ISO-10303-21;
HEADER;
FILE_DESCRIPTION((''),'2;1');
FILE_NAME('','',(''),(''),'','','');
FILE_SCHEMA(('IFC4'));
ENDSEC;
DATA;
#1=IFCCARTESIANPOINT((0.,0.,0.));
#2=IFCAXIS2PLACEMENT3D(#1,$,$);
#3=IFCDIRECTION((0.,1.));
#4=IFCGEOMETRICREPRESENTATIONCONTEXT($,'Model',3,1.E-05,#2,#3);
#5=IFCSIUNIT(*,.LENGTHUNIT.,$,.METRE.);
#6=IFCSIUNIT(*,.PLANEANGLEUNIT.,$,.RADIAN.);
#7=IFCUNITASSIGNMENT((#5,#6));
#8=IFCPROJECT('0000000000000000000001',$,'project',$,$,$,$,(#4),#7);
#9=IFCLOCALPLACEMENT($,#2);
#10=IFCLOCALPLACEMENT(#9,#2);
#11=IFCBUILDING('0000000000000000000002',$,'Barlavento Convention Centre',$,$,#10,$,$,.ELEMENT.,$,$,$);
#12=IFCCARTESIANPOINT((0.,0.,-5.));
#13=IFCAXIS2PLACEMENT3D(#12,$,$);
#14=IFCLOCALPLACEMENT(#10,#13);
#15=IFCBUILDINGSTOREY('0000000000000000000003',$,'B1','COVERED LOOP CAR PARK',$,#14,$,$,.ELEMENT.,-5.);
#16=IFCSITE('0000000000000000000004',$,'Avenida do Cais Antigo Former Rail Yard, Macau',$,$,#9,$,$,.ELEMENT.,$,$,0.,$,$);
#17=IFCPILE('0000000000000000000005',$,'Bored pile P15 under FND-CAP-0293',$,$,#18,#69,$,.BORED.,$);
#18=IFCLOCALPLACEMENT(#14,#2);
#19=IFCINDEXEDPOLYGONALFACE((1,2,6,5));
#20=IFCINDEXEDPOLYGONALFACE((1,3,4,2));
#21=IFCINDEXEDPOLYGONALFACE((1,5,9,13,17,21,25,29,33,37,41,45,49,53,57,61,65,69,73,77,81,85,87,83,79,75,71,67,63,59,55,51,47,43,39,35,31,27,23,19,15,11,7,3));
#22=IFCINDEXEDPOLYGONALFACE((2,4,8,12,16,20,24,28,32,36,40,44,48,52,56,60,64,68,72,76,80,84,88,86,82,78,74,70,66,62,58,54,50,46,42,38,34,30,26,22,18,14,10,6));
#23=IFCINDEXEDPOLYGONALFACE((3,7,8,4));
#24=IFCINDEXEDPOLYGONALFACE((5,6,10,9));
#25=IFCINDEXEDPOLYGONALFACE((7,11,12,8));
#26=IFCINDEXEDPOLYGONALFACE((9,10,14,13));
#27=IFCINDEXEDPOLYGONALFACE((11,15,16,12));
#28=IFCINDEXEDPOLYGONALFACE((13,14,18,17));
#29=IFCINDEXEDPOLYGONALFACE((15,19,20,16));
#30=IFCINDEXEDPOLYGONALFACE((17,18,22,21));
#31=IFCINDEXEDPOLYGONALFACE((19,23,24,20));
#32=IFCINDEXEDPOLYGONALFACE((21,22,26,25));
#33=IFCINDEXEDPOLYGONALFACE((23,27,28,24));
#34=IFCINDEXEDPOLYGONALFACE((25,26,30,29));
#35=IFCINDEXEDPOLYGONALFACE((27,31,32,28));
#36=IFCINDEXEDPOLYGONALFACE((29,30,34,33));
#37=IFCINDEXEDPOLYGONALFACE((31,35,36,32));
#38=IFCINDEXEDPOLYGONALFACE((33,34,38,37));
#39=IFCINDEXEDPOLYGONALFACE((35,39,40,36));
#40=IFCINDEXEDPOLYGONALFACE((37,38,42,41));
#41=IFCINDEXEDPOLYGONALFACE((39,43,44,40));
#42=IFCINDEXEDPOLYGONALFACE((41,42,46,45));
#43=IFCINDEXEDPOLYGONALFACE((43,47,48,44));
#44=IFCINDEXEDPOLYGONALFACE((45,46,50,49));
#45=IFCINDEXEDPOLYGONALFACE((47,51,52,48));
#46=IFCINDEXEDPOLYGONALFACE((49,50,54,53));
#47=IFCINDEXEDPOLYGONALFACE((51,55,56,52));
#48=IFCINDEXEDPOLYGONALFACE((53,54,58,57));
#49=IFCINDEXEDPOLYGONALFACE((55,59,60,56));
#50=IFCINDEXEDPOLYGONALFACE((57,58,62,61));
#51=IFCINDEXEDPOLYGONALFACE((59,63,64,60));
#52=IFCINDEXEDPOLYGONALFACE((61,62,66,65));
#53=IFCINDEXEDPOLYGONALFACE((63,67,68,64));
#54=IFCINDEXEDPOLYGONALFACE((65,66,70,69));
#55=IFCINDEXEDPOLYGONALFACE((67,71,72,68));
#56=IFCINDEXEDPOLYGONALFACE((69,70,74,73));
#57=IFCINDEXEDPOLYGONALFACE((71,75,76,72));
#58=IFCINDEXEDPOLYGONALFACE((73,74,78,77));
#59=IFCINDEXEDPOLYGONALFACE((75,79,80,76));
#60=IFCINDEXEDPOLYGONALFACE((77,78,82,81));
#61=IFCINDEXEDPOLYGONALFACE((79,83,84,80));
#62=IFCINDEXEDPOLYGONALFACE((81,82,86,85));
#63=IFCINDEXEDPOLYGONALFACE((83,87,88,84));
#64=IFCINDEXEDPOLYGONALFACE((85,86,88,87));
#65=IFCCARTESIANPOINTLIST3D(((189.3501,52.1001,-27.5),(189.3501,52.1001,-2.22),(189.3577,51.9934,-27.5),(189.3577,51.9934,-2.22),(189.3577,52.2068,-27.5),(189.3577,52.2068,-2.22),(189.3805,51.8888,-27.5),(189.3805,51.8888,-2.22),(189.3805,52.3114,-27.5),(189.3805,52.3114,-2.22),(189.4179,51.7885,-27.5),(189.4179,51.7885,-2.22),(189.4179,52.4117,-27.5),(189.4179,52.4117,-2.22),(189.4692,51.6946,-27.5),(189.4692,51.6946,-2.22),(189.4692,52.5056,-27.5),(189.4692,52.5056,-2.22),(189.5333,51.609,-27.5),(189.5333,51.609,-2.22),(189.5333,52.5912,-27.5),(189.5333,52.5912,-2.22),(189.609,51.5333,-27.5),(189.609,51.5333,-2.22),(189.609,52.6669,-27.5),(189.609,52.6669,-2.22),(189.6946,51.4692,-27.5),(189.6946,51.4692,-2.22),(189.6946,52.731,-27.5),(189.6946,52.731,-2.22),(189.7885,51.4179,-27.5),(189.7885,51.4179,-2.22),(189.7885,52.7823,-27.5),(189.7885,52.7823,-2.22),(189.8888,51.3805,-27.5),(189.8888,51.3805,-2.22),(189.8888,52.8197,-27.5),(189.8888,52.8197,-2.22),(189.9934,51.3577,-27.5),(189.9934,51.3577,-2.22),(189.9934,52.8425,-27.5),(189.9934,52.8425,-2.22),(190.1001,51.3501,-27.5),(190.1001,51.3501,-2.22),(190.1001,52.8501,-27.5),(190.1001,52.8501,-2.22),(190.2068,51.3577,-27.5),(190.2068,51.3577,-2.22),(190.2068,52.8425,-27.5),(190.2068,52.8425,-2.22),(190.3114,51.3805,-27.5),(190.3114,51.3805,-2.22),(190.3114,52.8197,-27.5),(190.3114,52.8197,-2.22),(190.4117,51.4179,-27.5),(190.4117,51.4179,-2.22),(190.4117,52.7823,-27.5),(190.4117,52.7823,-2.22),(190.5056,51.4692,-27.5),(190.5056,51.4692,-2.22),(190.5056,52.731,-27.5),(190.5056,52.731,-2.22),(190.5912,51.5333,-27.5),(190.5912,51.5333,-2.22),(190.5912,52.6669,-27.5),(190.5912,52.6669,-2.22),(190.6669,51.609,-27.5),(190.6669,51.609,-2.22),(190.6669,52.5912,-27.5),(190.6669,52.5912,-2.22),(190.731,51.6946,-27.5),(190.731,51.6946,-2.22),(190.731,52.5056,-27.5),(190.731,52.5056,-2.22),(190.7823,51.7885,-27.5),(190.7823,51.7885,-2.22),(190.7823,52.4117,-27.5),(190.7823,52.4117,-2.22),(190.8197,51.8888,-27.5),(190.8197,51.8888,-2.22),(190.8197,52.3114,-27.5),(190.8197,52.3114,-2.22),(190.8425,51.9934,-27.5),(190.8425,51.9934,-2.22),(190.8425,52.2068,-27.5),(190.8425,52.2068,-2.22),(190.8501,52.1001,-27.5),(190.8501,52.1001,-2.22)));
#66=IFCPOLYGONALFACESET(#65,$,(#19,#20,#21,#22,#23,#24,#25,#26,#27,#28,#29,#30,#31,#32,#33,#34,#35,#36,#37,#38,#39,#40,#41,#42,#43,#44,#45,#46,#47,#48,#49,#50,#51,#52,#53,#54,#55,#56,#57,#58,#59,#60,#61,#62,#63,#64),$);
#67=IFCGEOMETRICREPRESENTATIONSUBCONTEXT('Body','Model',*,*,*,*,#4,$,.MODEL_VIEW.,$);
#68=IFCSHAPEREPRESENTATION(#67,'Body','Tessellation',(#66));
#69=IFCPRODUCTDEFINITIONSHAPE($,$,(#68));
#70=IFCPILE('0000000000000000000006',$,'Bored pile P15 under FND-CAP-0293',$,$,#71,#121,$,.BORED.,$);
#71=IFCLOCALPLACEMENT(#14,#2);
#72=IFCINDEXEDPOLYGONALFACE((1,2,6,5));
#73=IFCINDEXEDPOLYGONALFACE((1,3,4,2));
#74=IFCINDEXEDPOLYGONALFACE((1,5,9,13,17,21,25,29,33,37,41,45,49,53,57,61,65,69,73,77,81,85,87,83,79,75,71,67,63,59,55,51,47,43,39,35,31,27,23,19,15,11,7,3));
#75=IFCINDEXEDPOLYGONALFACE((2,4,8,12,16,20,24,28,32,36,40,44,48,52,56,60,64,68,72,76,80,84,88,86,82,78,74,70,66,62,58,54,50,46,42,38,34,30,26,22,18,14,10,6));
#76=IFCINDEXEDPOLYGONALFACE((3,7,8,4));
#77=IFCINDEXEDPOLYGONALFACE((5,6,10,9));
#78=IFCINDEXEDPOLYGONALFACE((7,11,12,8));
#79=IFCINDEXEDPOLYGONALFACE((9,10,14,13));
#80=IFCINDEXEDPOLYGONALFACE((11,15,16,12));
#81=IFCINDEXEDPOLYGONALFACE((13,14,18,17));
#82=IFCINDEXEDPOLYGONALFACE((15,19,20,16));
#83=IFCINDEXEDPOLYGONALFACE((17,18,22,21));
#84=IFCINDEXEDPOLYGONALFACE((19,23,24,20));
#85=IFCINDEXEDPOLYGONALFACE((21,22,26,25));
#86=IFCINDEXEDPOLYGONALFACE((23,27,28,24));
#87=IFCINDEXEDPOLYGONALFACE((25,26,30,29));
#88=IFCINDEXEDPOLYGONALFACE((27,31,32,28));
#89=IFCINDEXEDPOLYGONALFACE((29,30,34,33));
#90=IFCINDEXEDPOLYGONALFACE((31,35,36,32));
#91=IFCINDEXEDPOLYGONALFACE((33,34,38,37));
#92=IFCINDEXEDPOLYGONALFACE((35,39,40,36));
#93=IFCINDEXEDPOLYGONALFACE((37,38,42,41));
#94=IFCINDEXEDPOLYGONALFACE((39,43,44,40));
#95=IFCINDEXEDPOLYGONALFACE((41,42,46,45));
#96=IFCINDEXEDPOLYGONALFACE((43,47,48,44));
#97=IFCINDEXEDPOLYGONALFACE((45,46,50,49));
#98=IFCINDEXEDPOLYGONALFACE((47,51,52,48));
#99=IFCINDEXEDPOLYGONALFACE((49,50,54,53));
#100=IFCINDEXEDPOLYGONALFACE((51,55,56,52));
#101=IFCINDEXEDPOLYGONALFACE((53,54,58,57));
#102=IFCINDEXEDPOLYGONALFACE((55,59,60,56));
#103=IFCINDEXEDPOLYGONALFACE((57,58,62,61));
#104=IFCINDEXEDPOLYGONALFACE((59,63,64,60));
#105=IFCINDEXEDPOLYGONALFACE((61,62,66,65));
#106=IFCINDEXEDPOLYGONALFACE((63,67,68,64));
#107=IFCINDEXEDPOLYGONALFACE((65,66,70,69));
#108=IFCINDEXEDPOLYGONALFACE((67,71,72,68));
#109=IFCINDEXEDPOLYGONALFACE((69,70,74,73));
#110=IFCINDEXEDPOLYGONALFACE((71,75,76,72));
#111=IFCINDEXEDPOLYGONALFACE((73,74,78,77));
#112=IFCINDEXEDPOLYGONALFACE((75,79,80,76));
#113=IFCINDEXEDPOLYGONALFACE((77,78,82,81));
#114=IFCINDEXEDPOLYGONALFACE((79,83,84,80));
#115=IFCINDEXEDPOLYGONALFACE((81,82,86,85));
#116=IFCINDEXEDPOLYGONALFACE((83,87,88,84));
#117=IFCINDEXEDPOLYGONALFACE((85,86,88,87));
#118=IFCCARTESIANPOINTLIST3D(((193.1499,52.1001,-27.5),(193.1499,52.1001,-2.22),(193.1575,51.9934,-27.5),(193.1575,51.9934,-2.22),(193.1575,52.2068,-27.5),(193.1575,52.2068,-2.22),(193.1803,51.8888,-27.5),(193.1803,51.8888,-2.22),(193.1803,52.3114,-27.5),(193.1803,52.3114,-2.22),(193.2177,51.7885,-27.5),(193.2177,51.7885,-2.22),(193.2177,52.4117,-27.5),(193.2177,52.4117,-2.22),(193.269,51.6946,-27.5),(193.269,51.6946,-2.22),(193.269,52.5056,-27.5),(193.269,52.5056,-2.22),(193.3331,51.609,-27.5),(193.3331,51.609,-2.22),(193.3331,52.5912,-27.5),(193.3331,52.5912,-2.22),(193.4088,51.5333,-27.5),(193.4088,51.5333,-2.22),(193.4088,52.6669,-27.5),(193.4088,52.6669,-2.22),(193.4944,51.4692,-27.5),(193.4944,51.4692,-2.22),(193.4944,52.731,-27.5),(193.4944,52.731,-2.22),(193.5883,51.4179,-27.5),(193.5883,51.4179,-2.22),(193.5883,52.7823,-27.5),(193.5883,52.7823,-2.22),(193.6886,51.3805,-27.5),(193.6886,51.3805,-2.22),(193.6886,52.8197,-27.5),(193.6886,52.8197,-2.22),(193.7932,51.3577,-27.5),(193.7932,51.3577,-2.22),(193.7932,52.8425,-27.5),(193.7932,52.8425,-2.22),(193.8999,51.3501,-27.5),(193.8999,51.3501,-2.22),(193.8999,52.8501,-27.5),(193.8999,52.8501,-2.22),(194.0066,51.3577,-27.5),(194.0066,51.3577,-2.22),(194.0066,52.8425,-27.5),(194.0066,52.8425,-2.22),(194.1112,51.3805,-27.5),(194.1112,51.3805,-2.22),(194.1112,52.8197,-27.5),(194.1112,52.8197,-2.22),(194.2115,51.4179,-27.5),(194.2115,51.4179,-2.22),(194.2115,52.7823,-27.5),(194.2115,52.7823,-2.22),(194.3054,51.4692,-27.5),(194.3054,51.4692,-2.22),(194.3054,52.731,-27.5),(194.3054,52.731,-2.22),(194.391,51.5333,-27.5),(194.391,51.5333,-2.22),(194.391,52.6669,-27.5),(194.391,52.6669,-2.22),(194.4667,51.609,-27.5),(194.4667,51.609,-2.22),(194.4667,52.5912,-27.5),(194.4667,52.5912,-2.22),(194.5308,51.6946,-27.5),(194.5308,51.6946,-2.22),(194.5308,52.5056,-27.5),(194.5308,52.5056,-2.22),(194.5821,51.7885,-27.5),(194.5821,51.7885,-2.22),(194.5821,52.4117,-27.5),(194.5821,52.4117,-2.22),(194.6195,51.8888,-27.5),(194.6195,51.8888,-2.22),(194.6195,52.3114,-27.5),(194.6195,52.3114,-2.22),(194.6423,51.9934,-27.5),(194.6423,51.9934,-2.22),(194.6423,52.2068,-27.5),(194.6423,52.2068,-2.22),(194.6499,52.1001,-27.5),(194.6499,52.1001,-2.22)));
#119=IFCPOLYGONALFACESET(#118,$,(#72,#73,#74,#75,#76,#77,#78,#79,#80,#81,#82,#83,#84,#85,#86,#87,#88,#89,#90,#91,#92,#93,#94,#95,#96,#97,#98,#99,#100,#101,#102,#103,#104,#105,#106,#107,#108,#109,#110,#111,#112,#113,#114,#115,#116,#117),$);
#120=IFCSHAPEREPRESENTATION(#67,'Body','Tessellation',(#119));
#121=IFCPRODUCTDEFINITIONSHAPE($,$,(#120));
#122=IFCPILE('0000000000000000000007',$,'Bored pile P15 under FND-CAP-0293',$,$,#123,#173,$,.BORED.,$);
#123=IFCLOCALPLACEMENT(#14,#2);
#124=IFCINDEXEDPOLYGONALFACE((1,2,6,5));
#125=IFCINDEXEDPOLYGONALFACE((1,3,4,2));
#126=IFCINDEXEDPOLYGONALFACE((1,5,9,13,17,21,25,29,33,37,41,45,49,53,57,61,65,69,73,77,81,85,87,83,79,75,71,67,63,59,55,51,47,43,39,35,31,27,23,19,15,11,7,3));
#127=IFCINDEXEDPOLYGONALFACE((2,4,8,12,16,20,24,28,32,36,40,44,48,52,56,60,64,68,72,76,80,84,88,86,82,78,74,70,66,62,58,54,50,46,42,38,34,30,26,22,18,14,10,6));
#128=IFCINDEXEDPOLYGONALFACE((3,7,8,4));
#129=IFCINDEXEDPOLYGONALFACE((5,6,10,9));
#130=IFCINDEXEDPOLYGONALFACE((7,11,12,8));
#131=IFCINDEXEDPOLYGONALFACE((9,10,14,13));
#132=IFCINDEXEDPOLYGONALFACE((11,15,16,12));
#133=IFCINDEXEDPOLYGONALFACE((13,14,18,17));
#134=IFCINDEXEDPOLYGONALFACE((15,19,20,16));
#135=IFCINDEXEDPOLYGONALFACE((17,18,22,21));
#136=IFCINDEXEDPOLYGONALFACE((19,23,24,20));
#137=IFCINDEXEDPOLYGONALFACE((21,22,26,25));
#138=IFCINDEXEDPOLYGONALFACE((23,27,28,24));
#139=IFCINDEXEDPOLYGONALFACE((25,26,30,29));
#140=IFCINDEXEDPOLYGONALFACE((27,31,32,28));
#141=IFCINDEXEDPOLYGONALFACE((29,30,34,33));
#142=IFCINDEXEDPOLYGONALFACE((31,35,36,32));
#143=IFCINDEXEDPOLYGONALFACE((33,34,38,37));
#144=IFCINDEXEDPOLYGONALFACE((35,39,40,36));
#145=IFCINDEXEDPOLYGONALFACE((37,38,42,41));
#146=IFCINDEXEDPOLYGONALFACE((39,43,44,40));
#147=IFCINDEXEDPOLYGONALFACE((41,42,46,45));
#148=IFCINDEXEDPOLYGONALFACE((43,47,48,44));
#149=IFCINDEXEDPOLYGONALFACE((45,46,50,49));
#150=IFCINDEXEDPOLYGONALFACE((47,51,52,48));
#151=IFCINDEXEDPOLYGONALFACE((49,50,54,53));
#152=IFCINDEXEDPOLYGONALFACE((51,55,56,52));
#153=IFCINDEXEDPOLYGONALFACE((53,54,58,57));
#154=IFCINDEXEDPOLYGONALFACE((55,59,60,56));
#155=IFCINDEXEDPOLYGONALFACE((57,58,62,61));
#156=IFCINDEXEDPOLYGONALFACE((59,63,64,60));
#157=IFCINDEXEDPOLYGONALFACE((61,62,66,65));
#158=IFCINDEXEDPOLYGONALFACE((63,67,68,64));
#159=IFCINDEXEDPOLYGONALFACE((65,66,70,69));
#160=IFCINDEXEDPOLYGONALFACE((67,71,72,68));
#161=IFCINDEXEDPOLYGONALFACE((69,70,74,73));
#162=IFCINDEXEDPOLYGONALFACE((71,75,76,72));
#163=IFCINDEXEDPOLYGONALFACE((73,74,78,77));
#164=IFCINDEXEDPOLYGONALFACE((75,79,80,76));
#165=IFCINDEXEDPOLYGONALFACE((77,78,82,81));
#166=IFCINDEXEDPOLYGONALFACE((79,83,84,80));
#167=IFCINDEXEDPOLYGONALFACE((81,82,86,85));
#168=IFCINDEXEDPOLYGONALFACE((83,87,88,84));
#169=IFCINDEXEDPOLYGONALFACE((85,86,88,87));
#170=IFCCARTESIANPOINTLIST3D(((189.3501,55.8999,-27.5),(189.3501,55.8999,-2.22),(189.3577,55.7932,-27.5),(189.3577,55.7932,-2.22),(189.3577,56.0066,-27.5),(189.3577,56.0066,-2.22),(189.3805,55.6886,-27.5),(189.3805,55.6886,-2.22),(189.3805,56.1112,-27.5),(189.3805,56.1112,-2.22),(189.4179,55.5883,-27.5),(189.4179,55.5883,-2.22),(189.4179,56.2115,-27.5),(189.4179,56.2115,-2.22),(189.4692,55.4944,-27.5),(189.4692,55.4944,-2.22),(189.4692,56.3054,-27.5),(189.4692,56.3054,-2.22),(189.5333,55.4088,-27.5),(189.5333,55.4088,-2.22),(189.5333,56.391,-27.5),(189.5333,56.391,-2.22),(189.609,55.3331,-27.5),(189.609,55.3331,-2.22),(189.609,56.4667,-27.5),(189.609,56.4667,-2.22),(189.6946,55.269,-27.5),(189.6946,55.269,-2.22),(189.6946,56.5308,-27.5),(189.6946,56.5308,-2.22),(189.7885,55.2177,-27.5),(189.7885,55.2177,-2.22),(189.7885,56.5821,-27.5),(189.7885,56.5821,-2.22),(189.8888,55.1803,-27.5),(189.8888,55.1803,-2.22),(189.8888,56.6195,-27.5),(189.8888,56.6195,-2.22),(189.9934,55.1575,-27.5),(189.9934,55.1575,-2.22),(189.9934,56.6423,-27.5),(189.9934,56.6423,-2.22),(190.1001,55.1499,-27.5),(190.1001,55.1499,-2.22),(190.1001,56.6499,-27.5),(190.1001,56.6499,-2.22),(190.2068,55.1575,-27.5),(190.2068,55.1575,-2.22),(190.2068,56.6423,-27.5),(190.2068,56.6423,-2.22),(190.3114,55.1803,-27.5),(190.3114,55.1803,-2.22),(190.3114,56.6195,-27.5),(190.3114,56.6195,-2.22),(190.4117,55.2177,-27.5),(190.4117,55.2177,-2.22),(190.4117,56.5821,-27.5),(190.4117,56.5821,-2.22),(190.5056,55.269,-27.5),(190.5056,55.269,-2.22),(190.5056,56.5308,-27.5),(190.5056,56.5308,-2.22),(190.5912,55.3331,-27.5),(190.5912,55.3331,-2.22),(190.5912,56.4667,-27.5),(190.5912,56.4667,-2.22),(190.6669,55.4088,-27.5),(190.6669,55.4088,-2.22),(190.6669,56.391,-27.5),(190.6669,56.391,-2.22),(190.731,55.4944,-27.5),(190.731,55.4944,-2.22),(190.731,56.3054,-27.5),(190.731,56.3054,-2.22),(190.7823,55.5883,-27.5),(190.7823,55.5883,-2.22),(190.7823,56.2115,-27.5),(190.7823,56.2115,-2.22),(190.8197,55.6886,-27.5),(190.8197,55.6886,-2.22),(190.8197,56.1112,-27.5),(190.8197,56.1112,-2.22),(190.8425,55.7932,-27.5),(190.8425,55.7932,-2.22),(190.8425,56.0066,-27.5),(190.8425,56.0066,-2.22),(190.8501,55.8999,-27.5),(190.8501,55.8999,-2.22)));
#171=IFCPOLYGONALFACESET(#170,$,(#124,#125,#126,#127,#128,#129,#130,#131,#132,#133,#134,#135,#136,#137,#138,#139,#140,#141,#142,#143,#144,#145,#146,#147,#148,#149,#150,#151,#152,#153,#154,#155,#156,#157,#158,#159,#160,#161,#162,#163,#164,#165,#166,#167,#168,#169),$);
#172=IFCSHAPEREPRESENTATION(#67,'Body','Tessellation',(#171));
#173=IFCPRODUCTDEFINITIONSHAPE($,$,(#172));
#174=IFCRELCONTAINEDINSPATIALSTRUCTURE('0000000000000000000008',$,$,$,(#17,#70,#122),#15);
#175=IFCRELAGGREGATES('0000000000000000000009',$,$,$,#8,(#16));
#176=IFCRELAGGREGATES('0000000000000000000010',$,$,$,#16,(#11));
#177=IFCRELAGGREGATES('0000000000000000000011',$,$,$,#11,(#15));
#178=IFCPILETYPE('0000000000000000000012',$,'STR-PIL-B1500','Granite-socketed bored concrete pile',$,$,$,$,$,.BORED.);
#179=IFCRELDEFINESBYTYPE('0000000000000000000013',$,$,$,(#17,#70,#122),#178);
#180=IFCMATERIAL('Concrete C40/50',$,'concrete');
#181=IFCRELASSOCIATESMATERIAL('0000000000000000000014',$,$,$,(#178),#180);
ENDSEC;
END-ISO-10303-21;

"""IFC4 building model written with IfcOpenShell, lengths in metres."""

from ifc_helpers import new_model, si_unit, direction, frame, origin, origin_2d, place, context, subcontext, project, spatial, circle, extrude, material, material_profile, profile_set, type_object, element, save


model = new_model("IFC4")

# Units and contexts
model_context = context("Model", 3, precision=1e-05, world=origin(), true_north=direction((0.0, 1.0)))
body_context = subcontext(model_context, "Body", "Model", "MODEL_VIEW")
ifc_project = project(units=[si_unit("LENGTHUNIT", "METRE"), si_unit("PLANEANGLEUNIT", "RADIAN")], contexts=[model_context])

# Site, building, storey
site_placement = place(None, origin())
site = spatial("IfcSite", under=ifc_project, at=site_placement, Name="Avenida do Cais Antigo Former Rail Yard, Macau", CompositionType="ELEMENT", RefElevation=0.0)
building_placement = place(site_placement, origin())
building = spatial("IfcBuilding", under=site, at=building_placement, Name="Barlavento Convention Centre", CompositionType="ELEMENT")
storey_placement = place(building_placement, frame((0.0, 0.0, -5.0)))
storey = spatial("IfcBuildingStorey", under=building, at=storey_placement, Name="B1", Description="COVERED LOOP CAR PARK", CompositionType="ELEMENT", Elevation=-5.0)

# Shared definitions
ifc_material_1 = material(Name="Concrete C40/50", Category="concrete")

# Piles
ifc_material_profile_1 = material_profile(ifc_material_1, circle(Radius=0.75, at=origin_2d()), Name="BORED PILE 1500")
ifc_profile_set_1 = profile_set([ifc_material_profile_1], Name="Concrete C40/50")
pile_type_1 = type_object("IfcPileType", Name="STR-PIL-B1500", Description="Granite-socketed bored concrete pile", PredefinedType="BORED", material=ifc_profile_set_1)
for number, where, z_axis, x_axis, name in (
    (1, (190.1001, 52.1001, -2.22), (0.0, 0.0, -1.0), (1.0, 0.0, 0.0), "Bored pile P15 under FND-CAP-0293"),
    (2, (193.8999, 52.1001, -2.22), (0.0, 0.0, -1.0), (1.0, 0.0, 0.0), "Bored pile P15 under FND-CAP-0293"),
    (3, (190.1001, 55.8999, -2.22), (0.0, 0.0, -1.0), (1.0, 0.0, 0.0), "Bored pile P15 under FND-CAP-0293"),
):
    element("IfcPile", number, at=place(storey_placement, frame(where, z_axis=z_axis, x_axis=x_axis)), inside=storey, type_object=pile_type_1, Name=name, PredefinedType="BORED", context=body_context, shape_type="SweptSolid", body=[
        extrude(circle(Radius=0.75, at=origin_2d()), origin(), (0.0, 0.0, 1.0), 25.28),
    ])

save(model, "model.ifc")
